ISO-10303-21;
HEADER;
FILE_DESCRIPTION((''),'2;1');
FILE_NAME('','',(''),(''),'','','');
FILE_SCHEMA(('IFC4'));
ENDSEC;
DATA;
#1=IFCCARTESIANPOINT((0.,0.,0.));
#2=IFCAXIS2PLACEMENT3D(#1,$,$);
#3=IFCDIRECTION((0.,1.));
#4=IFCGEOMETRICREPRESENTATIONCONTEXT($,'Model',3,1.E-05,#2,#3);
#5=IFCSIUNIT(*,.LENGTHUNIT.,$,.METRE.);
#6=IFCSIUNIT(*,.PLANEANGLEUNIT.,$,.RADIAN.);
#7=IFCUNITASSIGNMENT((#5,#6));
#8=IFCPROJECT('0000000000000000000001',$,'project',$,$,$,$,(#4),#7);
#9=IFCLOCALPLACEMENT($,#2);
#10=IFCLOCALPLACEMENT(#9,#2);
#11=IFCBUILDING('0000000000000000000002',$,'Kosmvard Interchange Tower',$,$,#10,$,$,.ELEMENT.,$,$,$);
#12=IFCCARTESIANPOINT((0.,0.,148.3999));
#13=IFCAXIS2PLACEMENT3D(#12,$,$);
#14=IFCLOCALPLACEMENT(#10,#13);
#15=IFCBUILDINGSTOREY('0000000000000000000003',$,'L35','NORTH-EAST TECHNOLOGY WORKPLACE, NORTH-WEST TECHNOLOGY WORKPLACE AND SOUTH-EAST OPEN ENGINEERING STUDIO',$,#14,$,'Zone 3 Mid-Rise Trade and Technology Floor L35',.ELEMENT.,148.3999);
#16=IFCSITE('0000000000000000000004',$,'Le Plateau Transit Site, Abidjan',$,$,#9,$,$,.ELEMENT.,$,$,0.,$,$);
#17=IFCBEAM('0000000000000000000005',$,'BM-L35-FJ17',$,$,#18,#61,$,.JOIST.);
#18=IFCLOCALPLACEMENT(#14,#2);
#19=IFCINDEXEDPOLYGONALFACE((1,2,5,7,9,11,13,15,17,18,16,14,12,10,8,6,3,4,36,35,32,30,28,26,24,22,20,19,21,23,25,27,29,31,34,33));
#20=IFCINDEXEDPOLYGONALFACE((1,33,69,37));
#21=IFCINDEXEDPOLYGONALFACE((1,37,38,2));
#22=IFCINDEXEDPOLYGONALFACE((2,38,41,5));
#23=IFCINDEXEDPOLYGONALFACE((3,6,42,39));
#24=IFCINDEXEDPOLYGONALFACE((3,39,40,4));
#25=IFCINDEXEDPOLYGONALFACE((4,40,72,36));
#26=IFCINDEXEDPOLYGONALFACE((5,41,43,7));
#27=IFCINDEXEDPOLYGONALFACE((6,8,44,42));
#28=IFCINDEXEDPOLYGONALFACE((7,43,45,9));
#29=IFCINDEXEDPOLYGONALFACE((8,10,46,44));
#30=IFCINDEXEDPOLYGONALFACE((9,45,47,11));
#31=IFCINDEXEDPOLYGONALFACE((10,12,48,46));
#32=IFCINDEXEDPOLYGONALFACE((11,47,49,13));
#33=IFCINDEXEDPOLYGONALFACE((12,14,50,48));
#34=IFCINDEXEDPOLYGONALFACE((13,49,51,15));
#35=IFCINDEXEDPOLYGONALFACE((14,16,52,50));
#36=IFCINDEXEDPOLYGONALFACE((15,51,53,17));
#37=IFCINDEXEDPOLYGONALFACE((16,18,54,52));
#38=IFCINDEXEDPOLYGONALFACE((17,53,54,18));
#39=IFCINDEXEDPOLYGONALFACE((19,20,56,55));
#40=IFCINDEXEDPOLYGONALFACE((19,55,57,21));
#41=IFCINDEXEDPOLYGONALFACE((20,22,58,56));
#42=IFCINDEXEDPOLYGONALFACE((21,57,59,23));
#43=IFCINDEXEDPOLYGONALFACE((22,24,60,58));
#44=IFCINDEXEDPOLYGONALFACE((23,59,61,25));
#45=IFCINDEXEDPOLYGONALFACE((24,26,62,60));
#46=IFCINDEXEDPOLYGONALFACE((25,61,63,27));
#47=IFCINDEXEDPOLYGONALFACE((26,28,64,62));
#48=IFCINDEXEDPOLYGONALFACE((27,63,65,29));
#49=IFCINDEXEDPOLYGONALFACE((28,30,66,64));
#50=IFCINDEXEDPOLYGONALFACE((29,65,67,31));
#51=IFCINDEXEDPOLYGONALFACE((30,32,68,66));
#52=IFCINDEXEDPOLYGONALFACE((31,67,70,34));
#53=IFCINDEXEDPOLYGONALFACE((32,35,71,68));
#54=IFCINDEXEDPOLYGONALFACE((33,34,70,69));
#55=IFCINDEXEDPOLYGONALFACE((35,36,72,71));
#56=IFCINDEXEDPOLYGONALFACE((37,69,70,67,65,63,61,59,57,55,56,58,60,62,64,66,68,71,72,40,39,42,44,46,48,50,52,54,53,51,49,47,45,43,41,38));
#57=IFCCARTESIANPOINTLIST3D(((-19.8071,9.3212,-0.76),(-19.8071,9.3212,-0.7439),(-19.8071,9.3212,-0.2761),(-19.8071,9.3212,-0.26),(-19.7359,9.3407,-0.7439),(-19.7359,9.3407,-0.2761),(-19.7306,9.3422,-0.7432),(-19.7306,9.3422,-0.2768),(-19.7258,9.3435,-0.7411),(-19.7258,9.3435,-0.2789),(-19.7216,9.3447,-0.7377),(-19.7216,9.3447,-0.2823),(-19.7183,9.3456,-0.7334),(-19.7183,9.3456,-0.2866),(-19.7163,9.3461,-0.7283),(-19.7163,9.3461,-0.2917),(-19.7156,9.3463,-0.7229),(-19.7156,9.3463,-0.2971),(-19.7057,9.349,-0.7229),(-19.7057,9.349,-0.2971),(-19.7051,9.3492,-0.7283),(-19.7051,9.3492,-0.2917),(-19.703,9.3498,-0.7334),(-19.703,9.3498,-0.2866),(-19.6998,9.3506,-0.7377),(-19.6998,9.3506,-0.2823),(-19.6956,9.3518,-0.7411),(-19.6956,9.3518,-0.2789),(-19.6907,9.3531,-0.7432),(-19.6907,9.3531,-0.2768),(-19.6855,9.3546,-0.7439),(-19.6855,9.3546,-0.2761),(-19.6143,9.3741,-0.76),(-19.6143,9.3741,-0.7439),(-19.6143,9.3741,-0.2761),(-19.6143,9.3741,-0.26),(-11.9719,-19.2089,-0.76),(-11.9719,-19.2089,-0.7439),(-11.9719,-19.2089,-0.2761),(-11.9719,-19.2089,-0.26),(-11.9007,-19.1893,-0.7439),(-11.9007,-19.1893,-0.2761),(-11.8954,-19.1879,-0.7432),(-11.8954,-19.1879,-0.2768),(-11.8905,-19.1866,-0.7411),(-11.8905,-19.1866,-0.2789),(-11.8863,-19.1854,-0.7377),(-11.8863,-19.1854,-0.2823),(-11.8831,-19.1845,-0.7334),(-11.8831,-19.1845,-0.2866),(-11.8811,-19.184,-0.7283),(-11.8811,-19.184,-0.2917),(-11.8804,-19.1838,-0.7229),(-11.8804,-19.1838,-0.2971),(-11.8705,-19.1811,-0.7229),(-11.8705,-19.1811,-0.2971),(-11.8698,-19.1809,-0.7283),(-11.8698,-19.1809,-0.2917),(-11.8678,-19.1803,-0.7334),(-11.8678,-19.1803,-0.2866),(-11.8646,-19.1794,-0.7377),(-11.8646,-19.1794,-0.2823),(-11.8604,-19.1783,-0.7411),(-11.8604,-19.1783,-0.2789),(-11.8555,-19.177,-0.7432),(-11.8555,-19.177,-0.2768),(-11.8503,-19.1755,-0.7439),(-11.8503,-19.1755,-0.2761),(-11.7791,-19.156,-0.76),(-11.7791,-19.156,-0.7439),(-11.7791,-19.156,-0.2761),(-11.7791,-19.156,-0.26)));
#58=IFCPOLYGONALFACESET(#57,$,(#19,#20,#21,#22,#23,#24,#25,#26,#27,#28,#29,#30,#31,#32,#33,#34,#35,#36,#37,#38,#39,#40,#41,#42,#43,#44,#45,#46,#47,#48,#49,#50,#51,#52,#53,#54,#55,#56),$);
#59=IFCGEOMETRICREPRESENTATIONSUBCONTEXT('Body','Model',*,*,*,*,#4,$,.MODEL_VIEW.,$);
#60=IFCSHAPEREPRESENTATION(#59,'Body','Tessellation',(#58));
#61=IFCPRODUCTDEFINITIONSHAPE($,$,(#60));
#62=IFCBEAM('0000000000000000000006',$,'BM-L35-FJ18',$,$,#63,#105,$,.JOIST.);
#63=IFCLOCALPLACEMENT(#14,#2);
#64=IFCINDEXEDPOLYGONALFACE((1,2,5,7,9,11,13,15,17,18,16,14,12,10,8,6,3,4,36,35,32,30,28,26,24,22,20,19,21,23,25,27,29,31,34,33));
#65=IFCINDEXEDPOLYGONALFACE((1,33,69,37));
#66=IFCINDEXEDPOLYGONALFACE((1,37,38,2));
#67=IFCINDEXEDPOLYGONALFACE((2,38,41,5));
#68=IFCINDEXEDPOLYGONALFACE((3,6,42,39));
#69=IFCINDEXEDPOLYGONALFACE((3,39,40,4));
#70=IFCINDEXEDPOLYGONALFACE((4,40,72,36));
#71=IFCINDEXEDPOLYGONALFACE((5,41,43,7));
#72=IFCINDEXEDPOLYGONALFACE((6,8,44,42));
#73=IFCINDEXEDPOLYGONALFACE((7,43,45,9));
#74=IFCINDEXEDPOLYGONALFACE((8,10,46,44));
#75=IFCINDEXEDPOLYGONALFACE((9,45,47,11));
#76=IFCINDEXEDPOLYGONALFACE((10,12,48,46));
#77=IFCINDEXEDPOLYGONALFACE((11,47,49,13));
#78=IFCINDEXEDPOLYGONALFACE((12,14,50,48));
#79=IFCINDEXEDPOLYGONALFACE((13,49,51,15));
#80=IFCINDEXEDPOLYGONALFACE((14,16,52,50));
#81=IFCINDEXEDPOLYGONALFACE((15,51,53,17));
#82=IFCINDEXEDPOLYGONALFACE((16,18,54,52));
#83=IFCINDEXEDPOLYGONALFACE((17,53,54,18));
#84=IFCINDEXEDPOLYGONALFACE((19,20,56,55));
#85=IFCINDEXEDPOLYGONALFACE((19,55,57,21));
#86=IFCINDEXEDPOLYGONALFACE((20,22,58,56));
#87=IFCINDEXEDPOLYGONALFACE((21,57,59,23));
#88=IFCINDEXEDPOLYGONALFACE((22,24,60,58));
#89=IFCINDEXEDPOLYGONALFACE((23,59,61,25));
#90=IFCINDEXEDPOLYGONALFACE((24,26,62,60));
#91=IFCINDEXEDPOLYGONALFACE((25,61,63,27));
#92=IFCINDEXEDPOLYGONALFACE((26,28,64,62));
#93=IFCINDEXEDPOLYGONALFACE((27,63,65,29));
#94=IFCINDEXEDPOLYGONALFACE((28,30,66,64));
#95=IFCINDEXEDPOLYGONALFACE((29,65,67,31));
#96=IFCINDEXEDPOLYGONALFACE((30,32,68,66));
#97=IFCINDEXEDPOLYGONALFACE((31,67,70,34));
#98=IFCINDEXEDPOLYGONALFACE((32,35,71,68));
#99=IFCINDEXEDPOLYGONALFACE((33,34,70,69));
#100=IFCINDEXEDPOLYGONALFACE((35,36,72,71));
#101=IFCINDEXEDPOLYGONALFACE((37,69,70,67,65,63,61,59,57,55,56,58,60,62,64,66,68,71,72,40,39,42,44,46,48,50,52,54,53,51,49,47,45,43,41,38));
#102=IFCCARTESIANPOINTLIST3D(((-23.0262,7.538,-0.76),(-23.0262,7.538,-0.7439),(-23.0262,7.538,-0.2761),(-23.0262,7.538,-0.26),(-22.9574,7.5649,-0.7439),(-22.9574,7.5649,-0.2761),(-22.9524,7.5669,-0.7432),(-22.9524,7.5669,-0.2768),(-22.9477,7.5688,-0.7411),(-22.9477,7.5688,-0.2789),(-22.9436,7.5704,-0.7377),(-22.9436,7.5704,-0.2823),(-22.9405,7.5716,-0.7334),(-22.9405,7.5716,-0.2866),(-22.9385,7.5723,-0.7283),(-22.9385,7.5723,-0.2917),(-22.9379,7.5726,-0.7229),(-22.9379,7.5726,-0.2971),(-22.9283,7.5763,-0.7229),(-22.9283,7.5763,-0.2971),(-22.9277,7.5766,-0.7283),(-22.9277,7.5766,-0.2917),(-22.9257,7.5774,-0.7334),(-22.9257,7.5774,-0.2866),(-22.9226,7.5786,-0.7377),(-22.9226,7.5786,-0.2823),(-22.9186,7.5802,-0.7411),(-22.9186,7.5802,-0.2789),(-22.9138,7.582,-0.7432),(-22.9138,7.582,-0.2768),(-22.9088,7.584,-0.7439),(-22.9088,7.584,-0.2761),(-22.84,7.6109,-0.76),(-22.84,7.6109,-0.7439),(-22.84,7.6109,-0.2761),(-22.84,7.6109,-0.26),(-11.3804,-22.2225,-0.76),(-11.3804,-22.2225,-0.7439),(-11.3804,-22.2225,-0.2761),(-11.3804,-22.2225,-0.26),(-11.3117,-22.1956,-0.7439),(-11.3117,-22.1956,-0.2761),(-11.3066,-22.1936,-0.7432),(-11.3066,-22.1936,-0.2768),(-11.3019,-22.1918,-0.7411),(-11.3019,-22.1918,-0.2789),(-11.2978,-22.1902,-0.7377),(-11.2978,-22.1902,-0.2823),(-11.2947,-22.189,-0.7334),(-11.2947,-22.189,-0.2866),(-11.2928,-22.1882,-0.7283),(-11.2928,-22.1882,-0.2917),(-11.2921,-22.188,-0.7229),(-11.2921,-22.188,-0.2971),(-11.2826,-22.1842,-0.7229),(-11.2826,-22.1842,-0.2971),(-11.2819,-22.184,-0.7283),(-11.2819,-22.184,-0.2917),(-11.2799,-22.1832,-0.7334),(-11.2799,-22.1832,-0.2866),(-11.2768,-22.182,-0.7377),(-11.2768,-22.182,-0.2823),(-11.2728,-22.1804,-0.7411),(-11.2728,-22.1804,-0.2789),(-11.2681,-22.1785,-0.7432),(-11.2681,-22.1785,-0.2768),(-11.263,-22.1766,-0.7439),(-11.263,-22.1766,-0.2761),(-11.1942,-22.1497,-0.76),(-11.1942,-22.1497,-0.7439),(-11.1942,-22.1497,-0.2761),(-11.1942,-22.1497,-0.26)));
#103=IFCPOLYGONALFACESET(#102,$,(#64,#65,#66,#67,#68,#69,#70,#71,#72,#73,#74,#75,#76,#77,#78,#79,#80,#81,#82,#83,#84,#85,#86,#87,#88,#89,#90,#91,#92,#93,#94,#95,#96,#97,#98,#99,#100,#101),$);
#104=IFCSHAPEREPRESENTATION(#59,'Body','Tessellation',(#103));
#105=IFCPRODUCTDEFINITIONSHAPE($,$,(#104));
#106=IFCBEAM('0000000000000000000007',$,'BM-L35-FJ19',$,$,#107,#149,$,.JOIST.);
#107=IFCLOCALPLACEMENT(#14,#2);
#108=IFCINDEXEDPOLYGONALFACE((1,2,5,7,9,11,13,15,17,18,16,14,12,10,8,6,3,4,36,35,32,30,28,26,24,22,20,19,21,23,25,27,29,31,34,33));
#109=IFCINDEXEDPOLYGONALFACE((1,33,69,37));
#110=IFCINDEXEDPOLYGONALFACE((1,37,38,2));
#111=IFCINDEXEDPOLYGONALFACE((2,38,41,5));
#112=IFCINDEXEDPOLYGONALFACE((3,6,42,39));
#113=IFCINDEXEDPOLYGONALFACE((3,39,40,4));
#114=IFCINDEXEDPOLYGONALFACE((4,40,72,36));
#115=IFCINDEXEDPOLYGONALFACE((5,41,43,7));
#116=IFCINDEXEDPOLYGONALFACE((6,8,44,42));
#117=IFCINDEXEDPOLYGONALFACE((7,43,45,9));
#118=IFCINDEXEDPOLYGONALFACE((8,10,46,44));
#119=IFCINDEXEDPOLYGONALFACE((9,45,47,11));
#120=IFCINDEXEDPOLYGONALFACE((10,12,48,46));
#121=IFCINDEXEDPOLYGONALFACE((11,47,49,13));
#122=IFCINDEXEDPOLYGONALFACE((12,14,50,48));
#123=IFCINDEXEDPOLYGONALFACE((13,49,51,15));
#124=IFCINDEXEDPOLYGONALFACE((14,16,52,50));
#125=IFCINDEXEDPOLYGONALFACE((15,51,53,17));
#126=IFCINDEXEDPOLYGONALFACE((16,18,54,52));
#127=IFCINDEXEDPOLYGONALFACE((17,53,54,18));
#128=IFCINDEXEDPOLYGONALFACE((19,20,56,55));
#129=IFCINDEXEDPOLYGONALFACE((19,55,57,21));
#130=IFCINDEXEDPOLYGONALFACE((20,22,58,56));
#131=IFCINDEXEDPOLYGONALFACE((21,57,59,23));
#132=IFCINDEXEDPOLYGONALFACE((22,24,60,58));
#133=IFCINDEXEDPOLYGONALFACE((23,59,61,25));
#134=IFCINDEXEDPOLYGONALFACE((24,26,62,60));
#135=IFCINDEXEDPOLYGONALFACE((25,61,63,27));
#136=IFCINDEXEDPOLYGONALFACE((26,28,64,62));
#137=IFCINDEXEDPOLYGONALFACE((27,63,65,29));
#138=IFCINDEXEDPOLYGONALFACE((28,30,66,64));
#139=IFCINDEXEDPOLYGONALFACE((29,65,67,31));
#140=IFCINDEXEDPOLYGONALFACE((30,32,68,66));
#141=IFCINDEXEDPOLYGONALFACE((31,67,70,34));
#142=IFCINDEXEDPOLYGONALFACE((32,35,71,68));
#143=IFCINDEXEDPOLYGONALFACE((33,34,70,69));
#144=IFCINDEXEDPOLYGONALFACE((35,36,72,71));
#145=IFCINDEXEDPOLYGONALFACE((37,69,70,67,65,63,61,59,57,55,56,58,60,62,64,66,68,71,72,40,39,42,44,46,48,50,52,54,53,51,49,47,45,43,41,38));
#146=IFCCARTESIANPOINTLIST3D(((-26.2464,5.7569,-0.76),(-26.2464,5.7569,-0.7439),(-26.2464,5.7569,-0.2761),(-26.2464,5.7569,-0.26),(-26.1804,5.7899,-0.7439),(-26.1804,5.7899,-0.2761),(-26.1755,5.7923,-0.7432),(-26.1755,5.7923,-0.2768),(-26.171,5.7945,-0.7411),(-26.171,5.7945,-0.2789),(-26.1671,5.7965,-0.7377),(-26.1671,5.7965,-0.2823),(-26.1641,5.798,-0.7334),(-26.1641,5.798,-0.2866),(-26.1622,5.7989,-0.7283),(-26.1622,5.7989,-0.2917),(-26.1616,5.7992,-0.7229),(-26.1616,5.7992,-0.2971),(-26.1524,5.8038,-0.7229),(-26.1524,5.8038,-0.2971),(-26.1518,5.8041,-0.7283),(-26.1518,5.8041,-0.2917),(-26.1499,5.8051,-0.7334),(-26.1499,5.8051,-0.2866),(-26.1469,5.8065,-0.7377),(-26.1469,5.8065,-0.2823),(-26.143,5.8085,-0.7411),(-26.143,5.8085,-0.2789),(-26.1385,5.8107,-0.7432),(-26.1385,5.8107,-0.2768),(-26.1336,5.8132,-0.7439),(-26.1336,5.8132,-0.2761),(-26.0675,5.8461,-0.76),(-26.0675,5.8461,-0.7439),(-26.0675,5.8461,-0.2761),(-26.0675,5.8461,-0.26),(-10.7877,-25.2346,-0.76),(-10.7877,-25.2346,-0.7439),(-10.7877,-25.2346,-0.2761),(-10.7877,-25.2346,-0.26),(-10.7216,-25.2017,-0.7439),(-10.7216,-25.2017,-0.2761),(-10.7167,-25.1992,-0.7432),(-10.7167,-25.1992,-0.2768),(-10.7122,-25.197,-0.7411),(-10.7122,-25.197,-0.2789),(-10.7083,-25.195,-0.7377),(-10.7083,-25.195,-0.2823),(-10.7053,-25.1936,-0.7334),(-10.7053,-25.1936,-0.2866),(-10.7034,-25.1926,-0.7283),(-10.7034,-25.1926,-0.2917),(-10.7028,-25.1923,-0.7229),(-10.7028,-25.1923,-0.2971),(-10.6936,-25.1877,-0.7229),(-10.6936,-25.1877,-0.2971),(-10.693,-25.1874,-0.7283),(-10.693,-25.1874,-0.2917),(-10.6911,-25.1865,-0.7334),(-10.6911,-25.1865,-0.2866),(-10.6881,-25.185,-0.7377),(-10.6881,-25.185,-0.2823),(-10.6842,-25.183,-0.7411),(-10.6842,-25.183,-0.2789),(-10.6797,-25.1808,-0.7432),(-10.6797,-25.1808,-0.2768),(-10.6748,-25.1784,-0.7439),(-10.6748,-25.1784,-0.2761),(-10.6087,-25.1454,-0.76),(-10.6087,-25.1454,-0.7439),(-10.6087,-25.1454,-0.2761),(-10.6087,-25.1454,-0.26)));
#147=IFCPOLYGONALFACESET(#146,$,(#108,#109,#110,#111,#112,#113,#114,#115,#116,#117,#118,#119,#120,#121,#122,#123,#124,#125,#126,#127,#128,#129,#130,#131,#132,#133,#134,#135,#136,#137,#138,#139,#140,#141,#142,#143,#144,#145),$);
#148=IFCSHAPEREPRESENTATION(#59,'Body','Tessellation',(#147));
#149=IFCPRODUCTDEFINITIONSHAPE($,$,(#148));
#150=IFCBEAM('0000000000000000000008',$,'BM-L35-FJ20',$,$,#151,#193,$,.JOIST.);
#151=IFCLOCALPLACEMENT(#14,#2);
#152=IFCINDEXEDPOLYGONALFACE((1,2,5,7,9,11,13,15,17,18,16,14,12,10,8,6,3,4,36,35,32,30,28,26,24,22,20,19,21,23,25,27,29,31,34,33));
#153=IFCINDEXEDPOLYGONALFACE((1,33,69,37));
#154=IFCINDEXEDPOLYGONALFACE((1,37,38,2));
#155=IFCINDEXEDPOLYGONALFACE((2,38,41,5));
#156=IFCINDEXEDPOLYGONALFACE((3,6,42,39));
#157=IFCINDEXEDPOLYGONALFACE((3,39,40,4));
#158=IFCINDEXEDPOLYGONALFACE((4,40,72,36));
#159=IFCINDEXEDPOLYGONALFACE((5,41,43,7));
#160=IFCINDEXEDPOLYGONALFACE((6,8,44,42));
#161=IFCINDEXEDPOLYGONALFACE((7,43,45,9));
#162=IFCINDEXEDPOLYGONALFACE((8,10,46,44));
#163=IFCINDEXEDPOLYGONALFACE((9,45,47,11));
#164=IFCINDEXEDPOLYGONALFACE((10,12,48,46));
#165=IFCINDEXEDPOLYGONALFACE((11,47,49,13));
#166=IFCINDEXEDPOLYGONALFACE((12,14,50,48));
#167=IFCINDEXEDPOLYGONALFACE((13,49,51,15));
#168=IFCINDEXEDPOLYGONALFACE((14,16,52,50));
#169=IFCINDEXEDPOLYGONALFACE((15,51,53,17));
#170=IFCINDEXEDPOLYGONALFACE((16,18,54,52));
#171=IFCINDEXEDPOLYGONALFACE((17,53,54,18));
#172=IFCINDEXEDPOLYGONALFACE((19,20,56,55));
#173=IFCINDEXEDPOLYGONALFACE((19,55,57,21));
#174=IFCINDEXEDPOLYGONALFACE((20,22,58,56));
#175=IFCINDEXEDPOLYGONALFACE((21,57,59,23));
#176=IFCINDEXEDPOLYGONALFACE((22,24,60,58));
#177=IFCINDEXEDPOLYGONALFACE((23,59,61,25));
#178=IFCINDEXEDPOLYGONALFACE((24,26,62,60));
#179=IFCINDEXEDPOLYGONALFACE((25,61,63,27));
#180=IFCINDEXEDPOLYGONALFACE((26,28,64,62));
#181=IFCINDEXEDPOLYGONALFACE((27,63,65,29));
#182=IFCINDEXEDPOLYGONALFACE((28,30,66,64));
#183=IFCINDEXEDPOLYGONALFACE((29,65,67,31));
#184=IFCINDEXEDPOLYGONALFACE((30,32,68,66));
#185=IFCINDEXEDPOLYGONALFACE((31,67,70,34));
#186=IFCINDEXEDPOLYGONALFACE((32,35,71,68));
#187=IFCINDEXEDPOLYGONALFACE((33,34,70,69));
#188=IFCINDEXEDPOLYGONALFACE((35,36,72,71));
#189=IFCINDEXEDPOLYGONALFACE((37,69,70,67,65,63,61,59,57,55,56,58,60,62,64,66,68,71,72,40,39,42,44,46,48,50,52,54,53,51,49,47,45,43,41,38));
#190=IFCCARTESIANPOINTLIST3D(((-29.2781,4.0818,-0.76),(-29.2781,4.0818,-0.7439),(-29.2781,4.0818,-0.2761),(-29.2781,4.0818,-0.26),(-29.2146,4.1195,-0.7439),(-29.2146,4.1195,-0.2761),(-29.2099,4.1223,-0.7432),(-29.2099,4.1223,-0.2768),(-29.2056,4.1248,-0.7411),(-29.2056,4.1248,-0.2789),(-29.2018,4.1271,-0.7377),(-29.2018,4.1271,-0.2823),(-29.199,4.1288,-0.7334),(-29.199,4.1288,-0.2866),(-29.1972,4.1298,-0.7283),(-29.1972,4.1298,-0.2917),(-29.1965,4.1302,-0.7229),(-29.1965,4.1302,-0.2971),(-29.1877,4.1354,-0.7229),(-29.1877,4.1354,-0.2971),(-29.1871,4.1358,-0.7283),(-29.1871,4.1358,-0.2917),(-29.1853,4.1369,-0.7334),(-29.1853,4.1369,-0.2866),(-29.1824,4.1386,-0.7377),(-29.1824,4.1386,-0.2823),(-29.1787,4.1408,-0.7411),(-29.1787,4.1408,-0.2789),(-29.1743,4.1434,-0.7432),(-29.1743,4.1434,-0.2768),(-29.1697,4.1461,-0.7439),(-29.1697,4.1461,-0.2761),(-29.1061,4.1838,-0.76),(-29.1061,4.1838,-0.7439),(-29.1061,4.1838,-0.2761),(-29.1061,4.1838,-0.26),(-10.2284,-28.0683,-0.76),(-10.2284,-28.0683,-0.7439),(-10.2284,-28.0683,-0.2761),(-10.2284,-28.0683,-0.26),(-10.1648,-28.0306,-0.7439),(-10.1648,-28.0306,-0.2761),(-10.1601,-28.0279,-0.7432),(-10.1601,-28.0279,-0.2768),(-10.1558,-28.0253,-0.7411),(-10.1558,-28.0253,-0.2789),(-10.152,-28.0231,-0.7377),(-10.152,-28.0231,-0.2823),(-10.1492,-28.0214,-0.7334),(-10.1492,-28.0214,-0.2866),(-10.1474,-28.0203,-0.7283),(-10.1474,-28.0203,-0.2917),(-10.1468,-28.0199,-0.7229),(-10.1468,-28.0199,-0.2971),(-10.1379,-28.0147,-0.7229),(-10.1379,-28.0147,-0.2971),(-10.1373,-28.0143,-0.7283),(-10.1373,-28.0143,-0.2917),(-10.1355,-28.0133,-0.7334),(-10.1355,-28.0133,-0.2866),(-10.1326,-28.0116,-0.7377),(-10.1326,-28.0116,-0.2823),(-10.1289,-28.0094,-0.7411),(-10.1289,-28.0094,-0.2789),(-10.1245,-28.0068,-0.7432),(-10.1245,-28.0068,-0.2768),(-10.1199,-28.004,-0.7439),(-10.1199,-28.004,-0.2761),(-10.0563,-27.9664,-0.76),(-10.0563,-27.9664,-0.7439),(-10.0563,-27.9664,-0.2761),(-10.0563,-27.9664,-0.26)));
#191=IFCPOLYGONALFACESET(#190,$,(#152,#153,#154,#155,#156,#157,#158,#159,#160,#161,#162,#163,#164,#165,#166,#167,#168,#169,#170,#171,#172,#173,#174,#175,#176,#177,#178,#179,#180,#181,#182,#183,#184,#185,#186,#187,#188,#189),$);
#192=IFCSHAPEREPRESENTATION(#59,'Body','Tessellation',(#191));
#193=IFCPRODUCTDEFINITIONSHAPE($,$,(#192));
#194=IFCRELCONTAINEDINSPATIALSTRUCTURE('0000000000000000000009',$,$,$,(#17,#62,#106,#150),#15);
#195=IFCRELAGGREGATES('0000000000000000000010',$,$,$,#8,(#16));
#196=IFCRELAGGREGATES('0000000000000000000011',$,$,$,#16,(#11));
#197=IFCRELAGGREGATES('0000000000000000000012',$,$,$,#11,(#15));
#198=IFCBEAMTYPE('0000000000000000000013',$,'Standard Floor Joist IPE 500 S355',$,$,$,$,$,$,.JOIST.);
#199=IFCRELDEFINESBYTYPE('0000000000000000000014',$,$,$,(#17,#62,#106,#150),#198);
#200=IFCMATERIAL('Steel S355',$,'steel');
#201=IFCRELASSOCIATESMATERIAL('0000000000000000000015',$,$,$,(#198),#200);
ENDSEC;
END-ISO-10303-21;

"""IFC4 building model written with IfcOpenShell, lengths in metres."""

from ifc_helpers import new_model, si_unit, direction, frame, origin, origin_2d, place, context, subcontext, project, spatial, i_section, extrude, source, transform, mapped, material, material_profile, profile_set, type_object, element, save


model = new_model("IFC4")

# Units and contexts
model_context = context("Model", 3, precision=1e-05, world=origin(), true_north=direction((0.0, 1.0)))
body_context = subcontext(model_context, "Body", "Model", "MODEL_VIEW")
ifc_project = project(units=[si_unit("LENGTHUNIT", "METRE"), si_unit("PLANEANGLEUNIT", "RADIAN")], contexts=[model_context])

# Site, building, storey
site_placement = place(None, origin())
site = spatial("IfcSite", under=ifc_project, at=site_placement, Name="Le Plateau Transit Site, Abidjan", CompositionType="ELEMENT", RefElevation=0.0)
building_placement = place(site_placement, origin())
building = spatial("IfcBuilding", under=site, at=building_placement, Name="Kosmvard Interchange Tower", CompositionType="ELEMENT")
storey_placement = place(building_placement, frame((0.0, 0.0, 148.3999)))
storey = spatial("IfcBuildingStorey", under=building, at=storey_placement, Name="L35", Description="NORTH-EAST TECHNOLOGY WORKPLACE, NORTH-WEST TECHNOLOGY WORKPLACE AND SOUTH-EAST OPEN ENGINEERING STUDIO", LongName="Zone 3 Mid-Rise Trade and Technology Floor L35", CompositionType="ELEMENT", Elevation=148.3999)

# Beams
ifc_material_1 = material(Name="Steel S355", Category="steel")
ifc_material_profile_1 = material_profile(ifc_material_1, i_section(OverallWidth=0.2, OverallDepth=0.5, WebThickness=0.0103, FlangeThickness=0.0161, FilletRadius=0.021, at=origin_2d()), Name="IPE 500")
ifc_profile_set_1 = profile_set([ifc_material_profile_1], Name="Steel S355")
beam_type_1 = type_object("IfcBeamType", Name="Standard Floor Joist IPE 500 S355", PredefinedType="JOIST", material=ifc_profile_set_1)
shared_shape_1 = source(origin(), body_context, "Body", "SweptSolid", [
    extrude(i_section(OverallWidth=0.2, OverallDepth=0.5, WebThickness=0.0103, FlangeThickness=0.0161, FilletRadius=0.021, at=origin_2d()), origin(), (0.0, 0.0, 1.0), 29.5864),
])
beam_1_placement = place(storey_placement, frame((-19.7107, 9.3477, -0.51), z_axis=(0.264825, -0.964297, 0.0), x_axis=(0.964297, 0.264825, 0.0)))
element("IfcBeam", 1, at=beam_1_placement, inside=storey, type_object=beam_type_1, Name="BM-L35-FJ17", PredefinedType="JOIST", context=body_context, shape_type="MappedRepresentation", body=[
    mapped(shared_shape_1, transform((0.0, 0.0, 0.0), scale=1.0)),
])
shared_shape_2 = source(origin(), body_context, "Body", "SweptSolid", [
    extrude(i_section(OverallWidth=0.2, OverallDepth=0.5, WebThickness=0.0103, FlangeThickness=0.0161, FilletRadius=0.021, at=origin_2d()), origin(), (0.0, 0.0, 1.0), 31.958),
])
beam_2_placement = place(storey_placement, frame((-22.9331, 7.5745, -0.51), z_axis=(0.364409, -0.931239, 0.0), x_axis=(0.931239, 0.364409, 0.0)))
element("IfcBeam", 2, at=beam_2_placement, inside=storey, type_object=beam_type_1, Name="BM-L35-FJ18", PredefinedType="JOIST", context=body_context, shape_type="MappedRepresentation", body=[
    mapped(shared_shape_2, transform((0.0, 0.0, 0.0), scale=1.0)),
])
shared_shape_3 = source(origin(), body_context, "Body", "SweptSolid", [
    extrude(i_section(OverallWidth=0.2, OverallDepth=0.5, WebThickness=0.0103, FlangeThickness=0.0161, FilletRadius=0.021, at=origin_2d()), origin(), (0.0, 0.0, 1.0), 34.6331),
])
beam_3_placement = place(storey_placement, frame((-26.157, 5.8015, -0.51), z_axis=(0.446359, -0.894854, 0.0), x_axis=(0.894854, 0.446359, 0.0)))
element("IfcBeam", 3, at=beam_3_placement, inside=storey, type_object=beam_type_1, Name="BM-L35-FJ19", PredefinedType="JOIST", context=body_context, shape_type="MappedRepresentation", body=[
    mapped(shared_shape_3, transform((0.0, 0.0, 0.0), scale=1.0)),
])
shared_shape_4 = source(origin(), body_context, "Body", "SweptSolid", [
    extrude(i_section(OverallWidth=0.2, OverallDepth=0.5, WebThickness=0.0103, FlangeThickness=0.0161, FilletRadius=0.021, at=origin_2d()), origin(), (0.0, 0.0, 1.0), 37.3701),
])
beam_4_placement = place(storey_placement, frame((-29.1921, 4.1328, -0.51), z_axis=(0.50976, -0.860317, 0.0), x_axis=(0.860317, 0.50976, 0.0)))
element("IfcBeam", 4, at=beam_4_placement, inside=storey, type_object=beam_type_1, Name="BM-L35-FJ20", PredefinedType="JOIST", context=body_context, shape_type="MappedRepresentation", body=[
    mapped(shared_shape_4, transform((0.0, 0.0, 0.0), scale=1.0)),
])

save(model, "model.ifc")
